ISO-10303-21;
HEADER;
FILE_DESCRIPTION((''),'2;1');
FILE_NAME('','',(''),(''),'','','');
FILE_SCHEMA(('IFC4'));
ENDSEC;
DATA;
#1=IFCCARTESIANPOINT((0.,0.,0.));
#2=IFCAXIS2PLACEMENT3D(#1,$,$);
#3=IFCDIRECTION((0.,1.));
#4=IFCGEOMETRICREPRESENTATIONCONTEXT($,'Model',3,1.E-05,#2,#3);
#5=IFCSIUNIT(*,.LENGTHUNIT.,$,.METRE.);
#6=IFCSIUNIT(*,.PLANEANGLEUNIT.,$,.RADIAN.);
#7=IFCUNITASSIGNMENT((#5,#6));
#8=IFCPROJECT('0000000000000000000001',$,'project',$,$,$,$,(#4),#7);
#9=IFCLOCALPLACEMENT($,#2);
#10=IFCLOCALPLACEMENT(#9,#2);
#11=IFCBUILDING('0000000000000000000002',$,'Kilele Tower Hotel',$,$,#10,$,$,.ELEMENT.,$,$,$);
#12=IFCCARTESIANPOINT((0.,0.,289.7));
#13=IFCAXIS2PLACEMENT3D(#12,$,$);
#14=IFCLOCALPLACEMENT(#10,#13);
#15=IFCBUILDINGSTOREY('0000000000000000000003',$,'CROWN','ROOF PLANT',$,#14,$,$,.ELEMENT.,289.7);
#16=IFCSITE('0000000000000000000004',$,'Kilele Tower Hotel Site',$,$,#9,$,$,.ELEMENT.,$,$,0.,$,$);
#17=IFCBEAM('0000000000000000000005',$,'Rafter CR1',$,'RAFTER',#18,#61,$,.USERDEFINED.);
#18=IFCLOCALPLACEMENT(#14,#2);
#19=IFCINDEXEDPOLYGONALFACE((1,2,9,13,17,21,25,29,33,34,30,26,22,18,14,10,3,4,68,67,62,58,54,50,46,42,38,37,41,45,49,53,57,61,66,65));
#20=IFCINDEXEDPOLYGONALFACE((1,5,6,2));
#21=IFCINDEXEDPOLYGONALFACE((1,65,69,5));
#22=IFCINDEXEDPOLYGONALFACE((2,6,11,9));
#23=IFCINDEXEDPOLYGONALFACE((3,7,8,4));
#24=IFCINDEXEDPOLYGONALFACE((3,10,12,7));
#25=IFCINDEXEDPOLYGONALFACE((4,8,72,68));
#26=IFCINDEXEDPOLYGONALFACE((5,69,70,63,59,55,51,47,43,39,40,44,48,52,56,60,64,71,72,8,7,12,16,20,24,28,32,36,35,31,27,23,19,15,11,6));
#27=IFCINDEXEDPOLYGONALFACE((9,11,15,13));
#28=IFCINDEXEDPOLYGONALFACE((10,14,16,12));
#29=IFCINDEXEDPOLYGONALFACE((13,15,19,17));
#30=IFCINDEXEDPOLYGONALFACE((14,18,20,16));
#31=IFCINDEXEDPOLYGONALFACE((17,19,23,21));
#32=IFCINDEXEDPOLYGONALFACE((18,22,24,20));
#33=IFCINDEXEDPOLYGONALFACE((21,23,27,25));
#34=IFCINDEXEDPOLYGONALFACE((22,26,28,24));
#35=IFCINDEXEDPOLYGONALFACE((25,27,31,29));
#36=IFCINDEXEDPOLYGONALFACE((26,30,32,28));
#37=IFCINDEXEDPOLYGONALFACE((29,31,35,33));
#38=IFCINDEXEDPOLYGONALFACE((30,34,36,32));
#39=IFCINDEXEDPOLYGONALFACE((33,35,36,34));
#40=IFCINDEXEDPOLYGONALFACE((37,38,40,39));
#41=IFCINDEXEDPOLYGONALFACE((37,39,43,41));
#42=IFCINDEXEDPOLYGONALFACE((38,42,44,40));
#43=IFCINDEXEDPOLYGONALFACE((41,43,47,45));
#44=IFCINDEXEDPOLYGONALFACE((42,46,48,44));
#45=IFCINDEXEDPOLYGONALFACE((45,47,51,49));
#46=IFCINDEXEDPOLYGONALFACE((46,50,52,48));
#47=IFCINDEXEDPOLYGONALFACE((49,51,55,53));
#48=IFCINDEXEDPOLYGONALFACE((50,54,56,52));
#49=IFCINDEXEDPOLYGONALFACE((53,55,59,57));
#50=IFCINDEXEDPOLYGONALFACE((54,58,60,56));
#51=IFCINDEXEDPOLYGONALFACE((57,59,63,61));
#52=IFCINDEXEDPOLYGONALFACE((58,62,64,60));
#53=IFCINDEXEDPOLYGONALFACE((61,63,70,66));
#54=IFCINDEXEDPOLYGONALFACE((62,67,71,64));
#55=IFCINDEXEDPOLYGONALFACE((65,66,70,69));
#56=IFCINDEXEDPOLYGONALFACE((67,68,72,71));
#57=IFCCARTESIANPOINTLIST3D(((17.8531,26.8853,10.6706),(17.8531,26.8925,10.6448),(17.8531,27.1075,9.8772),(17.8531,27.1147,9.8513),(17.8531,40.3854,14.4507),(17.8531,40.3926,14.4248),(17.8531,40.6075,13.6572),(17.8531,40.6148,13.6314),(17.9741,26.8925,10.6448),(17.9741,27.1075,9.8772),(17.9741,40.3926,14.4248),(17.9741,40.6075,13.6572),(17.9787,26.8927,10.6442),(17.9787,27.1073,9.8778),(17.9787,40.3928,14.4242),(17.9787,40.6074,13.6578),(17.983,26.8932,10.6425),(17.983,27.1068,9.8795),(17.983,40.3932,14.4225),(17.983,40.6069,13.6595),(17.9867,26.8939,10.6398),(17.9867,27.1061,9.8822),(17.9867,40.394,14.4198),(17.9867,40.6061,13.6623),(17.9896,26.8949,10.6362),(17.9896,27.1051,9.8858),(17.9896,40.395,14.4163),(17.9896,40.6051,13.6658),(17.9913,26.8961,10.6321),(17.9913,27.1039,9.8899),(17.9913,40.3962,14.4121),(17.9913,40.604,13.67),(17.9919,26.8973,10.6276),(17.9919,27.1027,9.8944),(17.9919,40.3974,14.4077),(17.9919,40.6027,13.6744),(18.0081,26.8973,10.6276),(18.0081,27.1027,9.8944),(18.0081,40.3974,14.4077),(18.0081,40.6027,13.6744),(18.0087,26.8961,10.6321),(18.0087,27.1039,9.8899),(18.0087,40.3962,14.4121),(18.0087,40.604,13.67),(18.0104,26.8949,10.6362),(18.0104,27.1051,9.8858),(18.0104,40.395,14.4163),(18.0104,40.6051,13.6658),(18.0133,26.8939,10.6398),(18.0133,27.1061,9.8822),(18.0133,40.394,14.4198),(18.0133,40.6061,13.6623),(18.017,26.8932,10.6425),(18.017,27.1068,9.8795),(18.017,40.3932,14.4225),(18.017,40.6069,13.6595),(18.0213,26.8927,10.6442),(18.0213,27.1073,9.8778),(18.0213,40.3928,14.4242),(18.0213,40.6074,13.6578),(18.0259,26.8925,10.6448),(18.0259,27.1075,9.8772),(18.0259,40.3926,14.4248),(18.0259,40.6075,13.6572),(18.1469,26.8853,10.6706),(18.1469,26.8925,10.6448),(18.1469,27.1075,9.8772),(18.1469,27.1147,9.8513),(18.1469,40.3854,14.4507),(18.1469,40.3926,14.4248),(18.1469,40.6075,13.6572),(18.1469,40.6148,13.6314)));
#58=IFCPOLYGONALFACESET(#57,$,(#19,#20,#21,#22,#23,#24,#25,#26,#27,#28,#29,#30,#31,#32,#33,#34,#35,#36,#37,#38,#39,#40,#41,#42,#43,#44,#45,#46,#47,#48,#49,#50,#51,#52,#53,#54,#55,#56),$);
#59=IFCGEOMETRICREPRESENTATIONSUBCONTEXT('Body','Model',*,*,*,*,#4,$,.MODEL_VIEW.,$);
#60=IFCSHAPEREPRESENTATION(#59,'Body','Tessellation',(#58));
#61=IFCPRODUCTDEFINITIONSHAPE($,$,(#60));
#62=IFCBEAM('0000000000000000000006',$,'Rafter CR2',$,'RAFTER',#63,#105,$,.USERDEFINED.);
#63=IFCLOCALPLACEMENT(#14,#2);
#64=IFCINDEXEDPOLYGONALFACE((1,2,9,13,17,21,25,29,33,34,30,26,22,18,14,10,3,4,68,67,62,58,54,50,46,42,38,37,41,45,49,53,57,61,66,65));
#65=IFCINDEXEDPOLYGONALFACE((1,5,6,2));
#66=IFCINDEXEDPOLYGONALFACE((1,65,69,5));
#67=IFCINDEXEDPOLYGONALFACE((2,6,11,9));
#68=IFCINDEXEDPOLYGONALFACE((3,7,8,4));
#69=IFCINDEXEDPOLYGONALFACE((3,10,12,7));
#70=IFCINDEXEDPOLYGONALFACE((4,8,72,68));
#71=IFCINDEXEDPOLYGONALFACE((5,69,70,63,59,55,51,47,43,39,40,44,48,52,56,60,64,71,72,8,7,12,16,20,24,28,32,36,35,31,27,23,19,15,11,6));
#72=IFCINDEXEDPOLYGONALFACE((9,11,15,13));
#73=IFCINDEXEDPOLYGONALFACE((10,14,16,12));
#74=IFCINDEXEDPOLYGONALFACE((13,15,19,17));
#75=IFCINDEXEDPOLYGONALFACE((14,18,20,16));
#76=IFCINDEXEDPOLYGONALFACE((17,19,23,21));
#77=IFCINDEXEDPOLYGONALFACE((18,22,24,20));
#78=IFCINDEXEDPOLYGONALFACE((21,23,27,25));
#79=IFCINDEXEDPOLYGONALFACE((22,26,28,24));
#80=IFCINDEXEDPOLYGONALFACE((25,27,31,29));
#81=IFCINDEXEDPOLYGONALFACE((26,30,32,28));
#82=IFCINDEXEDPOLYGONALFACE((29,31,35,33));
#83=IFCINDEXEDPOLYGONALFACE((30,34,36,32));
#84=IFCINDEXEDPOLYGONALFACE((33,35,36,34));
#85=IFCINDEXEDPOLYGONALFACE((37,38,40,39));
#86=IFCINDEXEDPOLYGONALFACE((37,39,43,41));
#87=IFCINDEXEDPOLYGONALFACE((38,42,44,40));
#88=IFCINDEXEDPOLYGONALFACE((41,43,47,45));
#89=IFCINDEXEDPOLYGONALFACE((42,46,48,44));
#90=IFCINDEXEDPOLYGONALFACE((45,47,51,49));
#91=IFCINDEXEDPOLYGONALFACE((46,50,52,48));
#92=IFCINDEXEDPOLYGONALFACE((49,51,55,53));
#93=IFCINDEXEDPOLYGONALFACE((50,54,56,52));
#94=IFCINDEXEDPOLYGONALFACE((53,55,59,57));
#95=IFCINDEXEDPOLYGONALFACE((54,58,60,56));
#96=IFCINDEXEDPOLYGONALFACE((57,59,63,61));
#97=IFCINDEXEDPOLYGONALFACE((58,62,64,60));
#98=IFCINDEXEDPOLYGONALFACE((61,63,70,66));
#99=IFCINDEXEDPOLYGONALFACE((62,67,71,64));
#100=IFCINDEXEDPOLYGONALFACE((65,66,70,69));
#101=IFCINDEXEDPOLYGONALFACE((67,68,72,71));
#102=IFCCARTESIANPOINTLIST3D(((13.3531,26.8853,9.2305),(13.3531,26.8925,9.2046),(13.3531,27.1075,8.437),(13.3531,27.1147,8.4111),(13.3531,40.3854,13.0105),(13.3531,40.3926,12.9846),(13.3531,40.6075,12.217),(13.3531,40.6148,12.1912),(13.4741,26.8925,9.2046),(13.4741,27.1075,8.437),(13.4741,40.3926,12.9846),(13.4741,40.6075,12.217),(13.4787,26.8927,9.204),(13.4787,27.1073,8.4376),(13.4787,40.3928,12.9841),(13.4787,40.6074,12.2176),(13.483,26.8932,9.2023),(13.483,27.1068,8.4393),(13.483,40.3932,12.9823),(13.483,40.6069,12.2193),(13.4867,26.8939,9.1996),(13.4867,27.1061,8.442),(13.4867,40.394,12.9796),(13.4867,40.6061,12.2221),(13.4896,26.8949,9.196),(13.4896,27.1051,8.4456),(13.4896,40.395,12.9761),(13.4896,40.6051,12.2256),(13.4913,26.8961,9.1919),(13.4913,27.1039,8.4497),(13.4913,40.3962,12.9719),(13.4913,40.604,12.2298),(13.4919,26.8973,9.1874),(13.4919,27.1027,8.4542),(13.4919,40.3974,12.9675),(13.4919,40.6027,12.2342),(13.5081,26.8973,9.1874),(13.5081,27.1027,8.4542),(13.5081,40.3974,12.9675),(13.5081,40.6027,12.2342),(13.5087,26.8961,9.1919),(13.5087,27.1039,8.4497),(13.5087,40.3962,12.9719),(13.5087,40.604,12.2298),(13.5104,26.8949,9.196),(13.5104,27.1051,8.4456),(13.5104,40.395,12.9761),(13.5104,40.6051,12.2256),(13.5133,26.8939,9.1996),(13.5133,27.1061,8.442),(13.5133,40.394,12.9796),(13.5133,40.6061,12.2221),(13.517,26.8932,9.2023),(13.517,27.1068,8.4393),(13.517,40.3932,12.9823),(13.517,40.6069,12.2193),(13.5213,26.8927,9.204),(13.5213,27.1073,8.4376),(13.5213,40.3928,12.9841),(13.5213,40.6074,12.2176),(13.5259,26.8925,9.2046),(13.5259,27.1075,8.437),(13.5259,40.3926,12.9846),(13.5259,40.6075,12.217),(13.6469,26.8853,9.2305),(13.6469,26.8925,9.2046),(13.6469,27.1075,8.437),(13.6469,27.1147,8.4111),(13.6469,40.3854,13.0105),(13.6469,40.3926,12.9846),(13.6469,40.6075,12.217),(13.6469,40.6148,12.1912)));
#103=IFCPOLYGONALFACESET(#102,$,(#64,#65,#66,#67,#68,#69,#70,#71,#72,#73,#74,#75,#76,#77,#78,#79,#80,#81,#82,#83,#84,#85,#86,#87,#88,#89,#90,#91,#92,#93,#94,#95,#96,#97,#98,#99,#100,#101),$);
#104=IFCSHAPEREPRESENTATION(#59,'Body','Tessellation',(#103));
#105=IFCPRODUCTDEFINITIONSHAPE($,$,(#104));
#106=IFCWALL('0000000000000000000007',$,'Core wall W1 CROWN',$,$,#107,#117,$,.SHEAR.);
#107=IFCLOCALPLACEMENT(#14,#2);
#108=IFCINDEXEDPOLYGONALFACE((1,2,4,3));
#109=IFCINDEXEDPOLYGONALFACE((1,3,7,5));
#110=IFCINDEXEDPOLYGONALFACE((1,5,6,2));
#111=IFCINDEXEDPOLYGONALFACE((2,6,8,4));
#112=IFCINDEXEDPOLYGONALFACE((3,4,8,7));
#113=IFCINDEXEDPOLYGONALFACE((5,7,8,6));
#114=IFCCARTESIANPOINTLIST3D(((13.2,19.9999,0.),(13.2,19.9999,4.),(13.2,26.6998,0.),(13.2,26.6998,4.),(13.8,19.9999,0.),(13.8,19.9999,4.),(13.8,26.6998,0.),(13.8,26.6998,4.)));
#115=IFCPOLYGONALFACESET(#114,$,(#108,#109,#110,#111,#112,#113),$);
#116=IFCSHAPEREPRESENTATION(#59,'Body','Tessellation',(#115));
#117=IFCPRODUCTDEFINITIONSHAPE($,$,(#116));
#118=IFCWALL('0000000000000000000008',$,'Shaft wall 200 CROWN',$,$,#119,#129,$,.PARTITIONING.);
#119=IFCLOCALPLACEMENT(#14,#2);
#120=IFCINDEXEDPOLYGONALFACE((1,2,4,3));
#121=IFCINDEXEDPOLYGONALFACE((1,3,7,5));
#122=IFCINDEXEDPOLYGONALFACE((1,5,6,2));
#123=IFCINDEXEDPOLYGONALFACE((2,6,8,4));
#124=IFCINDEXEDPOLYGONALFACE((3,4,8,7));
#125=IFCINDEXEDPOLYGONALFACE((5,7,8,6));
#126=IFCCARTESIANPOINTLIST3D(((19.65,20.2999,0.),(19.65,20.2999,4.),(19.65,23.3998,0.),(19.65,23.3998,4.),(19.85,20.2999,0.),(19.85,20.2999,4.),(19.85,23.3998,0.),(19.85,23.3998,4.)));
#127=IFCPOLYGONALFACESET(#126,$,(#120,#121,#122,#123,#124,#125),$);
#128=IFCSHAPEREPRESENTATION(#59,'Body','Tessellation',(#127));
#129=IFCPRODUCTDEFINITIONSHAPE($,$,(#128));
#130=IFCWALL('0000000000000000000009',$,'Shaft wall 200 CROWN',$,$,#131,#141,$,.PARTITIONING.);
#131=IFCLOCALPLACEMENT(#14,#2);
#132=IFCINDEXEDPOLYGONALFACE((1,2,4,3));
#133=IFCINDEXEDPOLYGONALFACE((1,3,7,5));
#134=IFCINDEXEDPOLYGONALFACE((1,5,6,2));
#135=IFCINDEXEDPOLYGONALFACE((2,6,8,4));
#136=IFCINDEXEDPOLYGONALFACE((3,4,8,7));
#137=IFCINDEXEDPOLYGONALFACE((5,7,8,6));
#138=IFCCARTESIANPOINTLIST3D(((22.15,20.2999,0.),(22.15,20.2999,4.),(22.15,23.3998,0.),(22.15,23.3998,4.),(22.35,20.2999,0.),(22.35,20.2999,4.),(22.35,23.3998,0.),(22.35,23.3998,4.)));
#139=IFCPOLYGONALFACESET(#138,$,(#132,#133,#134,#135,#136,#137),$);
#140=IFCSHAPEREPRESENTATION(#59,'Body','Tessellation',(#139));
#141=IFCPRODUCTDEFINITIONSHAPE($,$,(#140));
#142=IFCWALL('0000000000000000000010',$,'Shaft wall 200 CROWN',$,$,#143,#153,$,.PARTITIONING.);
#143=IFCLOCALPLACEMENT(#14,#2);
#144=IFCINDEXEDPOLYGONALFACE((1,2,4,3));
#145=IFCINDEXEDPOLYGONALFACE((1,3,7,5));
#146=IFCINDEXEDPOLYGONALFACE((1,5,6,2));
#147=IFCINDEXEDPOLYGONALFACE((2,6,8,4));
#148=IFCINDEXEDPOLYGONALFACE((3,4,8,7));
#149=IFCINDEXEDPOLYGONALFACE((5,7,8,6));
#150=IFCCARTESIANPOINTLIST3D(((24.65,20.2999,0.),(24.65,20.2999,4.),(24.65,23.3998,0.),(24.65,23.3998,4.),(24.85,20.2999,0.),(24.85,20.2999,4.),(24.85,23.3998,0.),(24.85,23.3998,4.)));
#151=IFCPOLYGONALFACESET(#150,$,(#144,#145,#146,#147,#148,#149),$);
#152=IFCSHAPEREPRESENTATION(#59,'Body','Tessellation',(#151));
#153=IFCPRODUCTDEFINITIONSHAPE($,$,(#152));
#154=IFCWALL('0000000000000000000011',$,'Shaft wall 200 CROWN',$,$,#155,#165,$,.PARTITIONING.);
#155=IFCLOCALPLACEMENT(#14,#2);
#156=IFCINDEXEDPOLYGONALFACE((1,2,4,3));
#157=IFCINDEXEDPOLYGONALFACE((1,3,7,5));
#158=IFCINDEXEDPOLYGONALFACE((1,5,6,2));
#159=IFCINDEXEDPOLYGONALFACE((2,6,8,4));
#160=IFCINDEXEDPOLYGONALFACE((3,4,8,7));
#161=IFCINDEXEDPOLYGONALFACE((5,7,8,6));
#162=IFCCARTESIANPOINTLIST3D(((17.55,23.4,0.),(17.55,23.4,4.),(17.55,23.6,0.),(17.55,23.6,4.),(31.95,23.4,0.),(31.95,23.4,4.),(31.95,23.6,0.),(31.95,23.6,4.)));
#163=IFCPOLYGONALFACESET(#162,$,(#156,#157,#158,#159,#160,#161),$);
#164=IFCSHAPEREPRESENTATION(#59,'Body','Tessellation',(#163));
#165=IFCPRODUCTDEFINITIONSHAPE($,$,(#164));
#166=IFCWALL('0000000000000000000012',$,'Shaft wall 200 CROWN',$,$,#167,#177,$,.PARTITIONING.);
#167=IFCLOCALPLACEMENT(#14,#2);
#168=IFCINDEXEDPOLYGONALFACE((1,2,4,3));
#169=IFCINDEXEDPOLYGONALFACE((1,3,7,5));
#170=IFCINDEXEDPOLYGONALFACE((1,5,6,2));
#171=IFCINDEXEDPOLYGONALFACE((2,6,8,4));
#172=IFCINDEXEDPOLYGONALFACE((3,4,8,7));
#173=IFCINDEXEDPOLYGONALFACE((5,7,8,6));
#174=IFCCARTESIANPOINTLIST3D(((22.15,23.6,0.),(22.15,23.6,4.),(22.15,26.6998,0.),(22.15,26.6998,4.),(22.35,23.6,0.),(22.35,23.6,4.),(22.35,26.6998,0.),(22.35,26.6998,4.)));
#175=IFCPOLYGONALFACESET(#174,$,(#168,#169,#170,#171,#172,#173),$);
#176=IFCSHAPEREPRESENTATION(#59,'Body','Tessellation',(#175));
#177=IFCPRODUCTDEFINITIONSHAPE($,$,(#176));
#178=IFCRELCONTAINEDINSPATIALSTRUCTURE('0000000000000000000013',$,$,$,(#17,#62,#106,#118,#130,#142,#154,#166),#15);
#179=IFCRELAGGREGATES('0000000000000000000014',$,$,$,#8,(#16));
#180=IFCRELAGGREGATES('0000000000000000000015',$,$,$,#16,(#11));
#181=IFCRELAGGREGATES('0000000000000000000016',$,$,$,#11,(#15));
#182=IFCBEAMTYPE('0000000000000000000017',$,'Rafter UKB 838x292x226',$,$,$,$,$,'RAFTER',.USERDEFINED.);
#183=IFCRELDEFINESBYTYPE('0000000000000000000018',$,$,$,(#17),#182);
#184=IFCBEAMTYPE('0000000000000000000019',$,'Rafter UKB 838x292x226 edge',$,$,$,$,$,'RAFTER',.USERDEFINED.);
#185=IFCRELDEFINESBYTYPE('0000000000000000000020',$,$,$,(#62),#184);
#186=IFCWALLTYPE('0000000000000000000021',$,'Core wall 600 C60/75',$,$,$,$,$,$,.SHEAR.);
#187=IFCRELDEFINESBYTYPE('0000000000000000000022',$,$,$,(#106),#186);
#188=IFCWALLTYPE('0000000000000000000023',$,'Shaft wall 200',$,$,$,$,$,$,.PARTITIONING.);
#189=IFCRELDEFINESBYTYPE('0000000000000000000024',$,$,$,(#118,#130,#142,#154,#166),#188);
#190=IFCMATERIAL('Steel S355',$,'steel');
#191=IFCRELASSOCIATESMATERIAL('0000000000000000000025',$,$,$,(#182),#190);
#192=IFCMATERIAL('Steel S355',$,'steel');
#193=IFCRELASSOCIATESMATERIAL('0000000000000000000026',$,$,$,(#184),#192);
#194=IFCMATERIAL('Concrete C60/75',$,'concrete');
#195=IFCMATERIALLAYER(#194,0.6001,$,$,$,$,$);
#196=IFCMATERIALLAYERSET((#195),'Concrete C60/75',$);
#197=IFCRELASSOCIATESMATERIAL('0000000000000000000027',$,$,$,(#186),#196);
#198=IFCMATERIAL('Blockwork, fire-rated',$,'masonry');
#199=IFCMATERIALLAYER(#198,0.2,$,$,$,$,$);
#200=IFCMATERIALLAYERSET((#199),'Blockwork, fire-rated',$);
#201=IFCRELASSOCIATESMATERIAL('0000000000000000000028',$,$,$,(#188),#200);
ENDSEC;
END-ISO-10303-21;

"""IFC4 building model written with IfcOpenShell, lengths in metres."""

from ifc_helpers import new_model, si_unit, direction, frame, frame_2d, origin, origin_2d, place, context, subcontext, project, spatial, rectangle, i_section, extrude, material, layer, layer_set, material_profile, profile_set, type_object, element, save


model = new_model("IFC4")

# Units and contexts
model_context = context("Model", 3, precision=1e-05, world=origin(), true_north=direction((0.0, 1.0)))
body_context = subcontext(model_context, "Body", "Model", "MODEL_VIEW")
ifc_project = project(units=[si_unit("LENGTHUNIT", "METRE"), si_unit("PLANEANGLEUNIT", "RADIAN")], contexts=[model_context])

# Site, building, storey
site_placement = place(None, origin())
site = spatial("IfcSite", under=ifc_project, at=site_placement, Name="Kilele Tower Hotel Site", CompositionType="ELEMENT", RefElevation=0.0)
building_placement = place(site_placement, origin())
building = spatial("IfcBuilding", under=site, at=building_placement, Name="Kilele Tower Hotel", CompositionType="ELEMENT")
storey_placement = place(building_placement, frame((0.0, 0.0, 289.7)))
storey = spatial("IfcBuildingStorey", under=building, at=storey_placement, Name="CROWN", Description="ROOF PLANT", CompositionType="ELEMENT", Elevation=289.7)

# Beams
ifc_material_1 = material(Name="Steel S355", Category="steel")
ifc_material_profile_1 = material_profile(ifc_material_1, i_section(OverallWidth=0.2937, OverallDepth=0.8508, WebThickness=0.0161, FlangeThickness=0.0269, FilletRadius=0.0178, at=origin_2d()))
ifc_profile_set_1 = profile_set([ifc_material_profile_1], Name="Steel S355")
beam_type_1 = type_object("IfcBeamType", Name="Rafter UKB 838x292x226", ElementType="RAFTER", PredefinedType="USERDEFINED", material=ifc_profile_set_1)
beam_1_placement = place(storey_placement, frame((18.0, 27.0, 10.261), z_axis=(0.0, 0.962963, 0.269632), x_axis=(-1.0, 0.0, 0.0)))
element("IfcBeam", 1, at=beam_1_placement, inside=storey, type_object=beam_type_1, Name="Rafter CR1", ObjectType="RAFTER", PredefinedType="USERDEFINED", context=body_context, shape_type="SweptSolid", body=[
    extrude(i_section(OverallWidth=0.2937, OverallDepth=0.8508, WebThickness=0.0161, FlangeThickness=0.0269, FilletRadius=0.0178, at=origin_2d()), origin(), (0.0, 0.0, 1.0), 14.0193),
])
ifc_material_2 = material(Name="Steel S355", Category="steel")
ifc_material_profile_2 = material_profile(ifc_material_2, i_section(OverallWidth=0.2937, OverallDepth=0.8508, WebThickness=0.0161, FlangeThickness=0.0269, FilletRadius=0.0178, at=origin_2d()))
ifc_profile_set_2 = profile_set([ifc_material_profile_2], Name="Steel S355")
beam_type_2 = type_object("IfcBeamType", Name="Rafter UKB 838x292x226 edge", ElementType="RAFTER", PredefinedType="USERDEFINED", material=ifc_profile_set_2)
beam_2_placement = place(storey_placement, frame((13.5, 27.0, 8.8208), z_axis=(0.0, 0.962963, 0.269632), x_axis=(-1.0, 0.0, 0.0)))
element("IfcBeam", 2, at=beam_2_placement, inside=storey, type_object=beam_type_2, Name="Rafter CR2", ObjectType="RAFTER", PredefinedType="USERDEFINED", context=body_context, shape_type="SweptSolid", body=[
    extrude(i_section(OverallWidth=0.2937, OverallDepth=0.8508, WebThickness=0.0161, FlangeThickness=0.0269, FilletRadius=0.0178, at=origin_2d()), origin(), (0.0, 0.0, 1.0), 14.0193),
])

# Walls
ifc_material_3 = material(Name="Concrete C60/75", Category="concrete")
ifc_layer_1 = layer(ifc_material_3, 0.6001)
ifc_layer_set_1 = layer_set([ifc_layer_1], Name="Concrete C60/75")
wall_type_1 = type_object("IfcWallType", Name="Core wall 600 C60/75", PredefinedType="SHEAR", material=ifc_layer_set_1)
wall_1_placement = place(storey_placement, frame((13.5, 26.7, 0.0), z_axis=(0.0, 0.0, 1.0), x_axis=(0.0, -1.0, 0.0)))
element("IfcWall", 3, at=wall_1_placement, inside=storey, type_object=wall_type_1, Name="Core wall W1 CROWN", PredefinedType="SHEAR", context=body_context, shape_type="SweptSolid", body=[
    extrude(rectangle(XDim=6.7, YDim=0.6001, at=frame_2d((3.3501, 0.0))), origin(), (0.0, 0.0, 1.0), 4.0),
])
ifc_material_4 = material(Name="Blockwork, fire-rated", Category="masonry")
ifc_layer_2 = layer(ifc_material_4, 0.2)
ifc_layer_set_2 = layer_set([ifc_layer_2], Name="Blockwork, fire-rated")
wall_type_2 = type_object("IfcWallType", Name="Shaft wall 200", PredefinedType="PARTITIONING", material=ifc_layer_set_2)
for number, where, z_axis, x_axis, name in (
    (4, (19.75, 20.3, 0.0), (0.0, 0.0, 1.0), (0.0, 1.0, 0.0), "Shaft wall 200 CROWN"),
    (5, (22.25, 20.3, 0.0), (0.0, 0.0, 1.0), (0.0, 1.0, 0.0), "Shaft wall 200 CROWN"),
    (6, (24.75, 20.3, 0.0), (0.0, 0.0, 1.0), (0.0, 1.0, 0.0), "Shaft wall 200 CROWN"),
):
    element("IfcWall", number, at=place(storey_placement, frame(where, z_axis=z_axis, x_axis=x_axis)), inside=storey, type_object=wall_type_2, Name=name, PredefinedType="PARTITIONING", context=body_context, shape_type="SweptSolid", body=[
        extrude(rectangle(XDim=3.0999, YDim=0.2, at=frame_2d((1.5498, 0.0))), origin(), (0.0, 0.0, 1.0), 4.0),
    ])
wall_2_placement = place(storey_placement, frame((17.55, 23.5, 0.0), z_axis=(0.0, 0.0, 1.0), x_axis=(1.0, 0.0, 0.0)))
element("IfcWall", 7, at=wall_2_placement, inside=storey, type_object=wall_type_2, Name="Shaft wall 200 CROWN", PredefinedType="PARTITIONING", context=body_context, shape_type="SweptSolid", body=[
    extrude(rectangle(XDim=14.3999, YDim=0.2, at=frame_2d((7.2, 0.0))), origin(), (0.0, 0.0, 1.0), 4.0),
])
wall_3_placement = place(storey_placement, frame((22.25, 23.6001, 0.0), z_axis=(0.0, 0.0, 1.0), x_axis=(0.0, 1.0, 0.0)))
element("IfcWall", 8, at=wall_3_placement, inside=storey, type_object=wall_type_2, Name="Shaft wall 200 CROWN", PredefinedType="PARTITIONING", context=body_context, shape_type="SweptSolid", body=[
    extrude(rectangle(XDim=3.0999, YDim=0.2, at=frame_2d((1.5498, 0.0))), origin(), (0.0, 0.0, 1.0), 4.0),
])

save(model, "model.ifc")
